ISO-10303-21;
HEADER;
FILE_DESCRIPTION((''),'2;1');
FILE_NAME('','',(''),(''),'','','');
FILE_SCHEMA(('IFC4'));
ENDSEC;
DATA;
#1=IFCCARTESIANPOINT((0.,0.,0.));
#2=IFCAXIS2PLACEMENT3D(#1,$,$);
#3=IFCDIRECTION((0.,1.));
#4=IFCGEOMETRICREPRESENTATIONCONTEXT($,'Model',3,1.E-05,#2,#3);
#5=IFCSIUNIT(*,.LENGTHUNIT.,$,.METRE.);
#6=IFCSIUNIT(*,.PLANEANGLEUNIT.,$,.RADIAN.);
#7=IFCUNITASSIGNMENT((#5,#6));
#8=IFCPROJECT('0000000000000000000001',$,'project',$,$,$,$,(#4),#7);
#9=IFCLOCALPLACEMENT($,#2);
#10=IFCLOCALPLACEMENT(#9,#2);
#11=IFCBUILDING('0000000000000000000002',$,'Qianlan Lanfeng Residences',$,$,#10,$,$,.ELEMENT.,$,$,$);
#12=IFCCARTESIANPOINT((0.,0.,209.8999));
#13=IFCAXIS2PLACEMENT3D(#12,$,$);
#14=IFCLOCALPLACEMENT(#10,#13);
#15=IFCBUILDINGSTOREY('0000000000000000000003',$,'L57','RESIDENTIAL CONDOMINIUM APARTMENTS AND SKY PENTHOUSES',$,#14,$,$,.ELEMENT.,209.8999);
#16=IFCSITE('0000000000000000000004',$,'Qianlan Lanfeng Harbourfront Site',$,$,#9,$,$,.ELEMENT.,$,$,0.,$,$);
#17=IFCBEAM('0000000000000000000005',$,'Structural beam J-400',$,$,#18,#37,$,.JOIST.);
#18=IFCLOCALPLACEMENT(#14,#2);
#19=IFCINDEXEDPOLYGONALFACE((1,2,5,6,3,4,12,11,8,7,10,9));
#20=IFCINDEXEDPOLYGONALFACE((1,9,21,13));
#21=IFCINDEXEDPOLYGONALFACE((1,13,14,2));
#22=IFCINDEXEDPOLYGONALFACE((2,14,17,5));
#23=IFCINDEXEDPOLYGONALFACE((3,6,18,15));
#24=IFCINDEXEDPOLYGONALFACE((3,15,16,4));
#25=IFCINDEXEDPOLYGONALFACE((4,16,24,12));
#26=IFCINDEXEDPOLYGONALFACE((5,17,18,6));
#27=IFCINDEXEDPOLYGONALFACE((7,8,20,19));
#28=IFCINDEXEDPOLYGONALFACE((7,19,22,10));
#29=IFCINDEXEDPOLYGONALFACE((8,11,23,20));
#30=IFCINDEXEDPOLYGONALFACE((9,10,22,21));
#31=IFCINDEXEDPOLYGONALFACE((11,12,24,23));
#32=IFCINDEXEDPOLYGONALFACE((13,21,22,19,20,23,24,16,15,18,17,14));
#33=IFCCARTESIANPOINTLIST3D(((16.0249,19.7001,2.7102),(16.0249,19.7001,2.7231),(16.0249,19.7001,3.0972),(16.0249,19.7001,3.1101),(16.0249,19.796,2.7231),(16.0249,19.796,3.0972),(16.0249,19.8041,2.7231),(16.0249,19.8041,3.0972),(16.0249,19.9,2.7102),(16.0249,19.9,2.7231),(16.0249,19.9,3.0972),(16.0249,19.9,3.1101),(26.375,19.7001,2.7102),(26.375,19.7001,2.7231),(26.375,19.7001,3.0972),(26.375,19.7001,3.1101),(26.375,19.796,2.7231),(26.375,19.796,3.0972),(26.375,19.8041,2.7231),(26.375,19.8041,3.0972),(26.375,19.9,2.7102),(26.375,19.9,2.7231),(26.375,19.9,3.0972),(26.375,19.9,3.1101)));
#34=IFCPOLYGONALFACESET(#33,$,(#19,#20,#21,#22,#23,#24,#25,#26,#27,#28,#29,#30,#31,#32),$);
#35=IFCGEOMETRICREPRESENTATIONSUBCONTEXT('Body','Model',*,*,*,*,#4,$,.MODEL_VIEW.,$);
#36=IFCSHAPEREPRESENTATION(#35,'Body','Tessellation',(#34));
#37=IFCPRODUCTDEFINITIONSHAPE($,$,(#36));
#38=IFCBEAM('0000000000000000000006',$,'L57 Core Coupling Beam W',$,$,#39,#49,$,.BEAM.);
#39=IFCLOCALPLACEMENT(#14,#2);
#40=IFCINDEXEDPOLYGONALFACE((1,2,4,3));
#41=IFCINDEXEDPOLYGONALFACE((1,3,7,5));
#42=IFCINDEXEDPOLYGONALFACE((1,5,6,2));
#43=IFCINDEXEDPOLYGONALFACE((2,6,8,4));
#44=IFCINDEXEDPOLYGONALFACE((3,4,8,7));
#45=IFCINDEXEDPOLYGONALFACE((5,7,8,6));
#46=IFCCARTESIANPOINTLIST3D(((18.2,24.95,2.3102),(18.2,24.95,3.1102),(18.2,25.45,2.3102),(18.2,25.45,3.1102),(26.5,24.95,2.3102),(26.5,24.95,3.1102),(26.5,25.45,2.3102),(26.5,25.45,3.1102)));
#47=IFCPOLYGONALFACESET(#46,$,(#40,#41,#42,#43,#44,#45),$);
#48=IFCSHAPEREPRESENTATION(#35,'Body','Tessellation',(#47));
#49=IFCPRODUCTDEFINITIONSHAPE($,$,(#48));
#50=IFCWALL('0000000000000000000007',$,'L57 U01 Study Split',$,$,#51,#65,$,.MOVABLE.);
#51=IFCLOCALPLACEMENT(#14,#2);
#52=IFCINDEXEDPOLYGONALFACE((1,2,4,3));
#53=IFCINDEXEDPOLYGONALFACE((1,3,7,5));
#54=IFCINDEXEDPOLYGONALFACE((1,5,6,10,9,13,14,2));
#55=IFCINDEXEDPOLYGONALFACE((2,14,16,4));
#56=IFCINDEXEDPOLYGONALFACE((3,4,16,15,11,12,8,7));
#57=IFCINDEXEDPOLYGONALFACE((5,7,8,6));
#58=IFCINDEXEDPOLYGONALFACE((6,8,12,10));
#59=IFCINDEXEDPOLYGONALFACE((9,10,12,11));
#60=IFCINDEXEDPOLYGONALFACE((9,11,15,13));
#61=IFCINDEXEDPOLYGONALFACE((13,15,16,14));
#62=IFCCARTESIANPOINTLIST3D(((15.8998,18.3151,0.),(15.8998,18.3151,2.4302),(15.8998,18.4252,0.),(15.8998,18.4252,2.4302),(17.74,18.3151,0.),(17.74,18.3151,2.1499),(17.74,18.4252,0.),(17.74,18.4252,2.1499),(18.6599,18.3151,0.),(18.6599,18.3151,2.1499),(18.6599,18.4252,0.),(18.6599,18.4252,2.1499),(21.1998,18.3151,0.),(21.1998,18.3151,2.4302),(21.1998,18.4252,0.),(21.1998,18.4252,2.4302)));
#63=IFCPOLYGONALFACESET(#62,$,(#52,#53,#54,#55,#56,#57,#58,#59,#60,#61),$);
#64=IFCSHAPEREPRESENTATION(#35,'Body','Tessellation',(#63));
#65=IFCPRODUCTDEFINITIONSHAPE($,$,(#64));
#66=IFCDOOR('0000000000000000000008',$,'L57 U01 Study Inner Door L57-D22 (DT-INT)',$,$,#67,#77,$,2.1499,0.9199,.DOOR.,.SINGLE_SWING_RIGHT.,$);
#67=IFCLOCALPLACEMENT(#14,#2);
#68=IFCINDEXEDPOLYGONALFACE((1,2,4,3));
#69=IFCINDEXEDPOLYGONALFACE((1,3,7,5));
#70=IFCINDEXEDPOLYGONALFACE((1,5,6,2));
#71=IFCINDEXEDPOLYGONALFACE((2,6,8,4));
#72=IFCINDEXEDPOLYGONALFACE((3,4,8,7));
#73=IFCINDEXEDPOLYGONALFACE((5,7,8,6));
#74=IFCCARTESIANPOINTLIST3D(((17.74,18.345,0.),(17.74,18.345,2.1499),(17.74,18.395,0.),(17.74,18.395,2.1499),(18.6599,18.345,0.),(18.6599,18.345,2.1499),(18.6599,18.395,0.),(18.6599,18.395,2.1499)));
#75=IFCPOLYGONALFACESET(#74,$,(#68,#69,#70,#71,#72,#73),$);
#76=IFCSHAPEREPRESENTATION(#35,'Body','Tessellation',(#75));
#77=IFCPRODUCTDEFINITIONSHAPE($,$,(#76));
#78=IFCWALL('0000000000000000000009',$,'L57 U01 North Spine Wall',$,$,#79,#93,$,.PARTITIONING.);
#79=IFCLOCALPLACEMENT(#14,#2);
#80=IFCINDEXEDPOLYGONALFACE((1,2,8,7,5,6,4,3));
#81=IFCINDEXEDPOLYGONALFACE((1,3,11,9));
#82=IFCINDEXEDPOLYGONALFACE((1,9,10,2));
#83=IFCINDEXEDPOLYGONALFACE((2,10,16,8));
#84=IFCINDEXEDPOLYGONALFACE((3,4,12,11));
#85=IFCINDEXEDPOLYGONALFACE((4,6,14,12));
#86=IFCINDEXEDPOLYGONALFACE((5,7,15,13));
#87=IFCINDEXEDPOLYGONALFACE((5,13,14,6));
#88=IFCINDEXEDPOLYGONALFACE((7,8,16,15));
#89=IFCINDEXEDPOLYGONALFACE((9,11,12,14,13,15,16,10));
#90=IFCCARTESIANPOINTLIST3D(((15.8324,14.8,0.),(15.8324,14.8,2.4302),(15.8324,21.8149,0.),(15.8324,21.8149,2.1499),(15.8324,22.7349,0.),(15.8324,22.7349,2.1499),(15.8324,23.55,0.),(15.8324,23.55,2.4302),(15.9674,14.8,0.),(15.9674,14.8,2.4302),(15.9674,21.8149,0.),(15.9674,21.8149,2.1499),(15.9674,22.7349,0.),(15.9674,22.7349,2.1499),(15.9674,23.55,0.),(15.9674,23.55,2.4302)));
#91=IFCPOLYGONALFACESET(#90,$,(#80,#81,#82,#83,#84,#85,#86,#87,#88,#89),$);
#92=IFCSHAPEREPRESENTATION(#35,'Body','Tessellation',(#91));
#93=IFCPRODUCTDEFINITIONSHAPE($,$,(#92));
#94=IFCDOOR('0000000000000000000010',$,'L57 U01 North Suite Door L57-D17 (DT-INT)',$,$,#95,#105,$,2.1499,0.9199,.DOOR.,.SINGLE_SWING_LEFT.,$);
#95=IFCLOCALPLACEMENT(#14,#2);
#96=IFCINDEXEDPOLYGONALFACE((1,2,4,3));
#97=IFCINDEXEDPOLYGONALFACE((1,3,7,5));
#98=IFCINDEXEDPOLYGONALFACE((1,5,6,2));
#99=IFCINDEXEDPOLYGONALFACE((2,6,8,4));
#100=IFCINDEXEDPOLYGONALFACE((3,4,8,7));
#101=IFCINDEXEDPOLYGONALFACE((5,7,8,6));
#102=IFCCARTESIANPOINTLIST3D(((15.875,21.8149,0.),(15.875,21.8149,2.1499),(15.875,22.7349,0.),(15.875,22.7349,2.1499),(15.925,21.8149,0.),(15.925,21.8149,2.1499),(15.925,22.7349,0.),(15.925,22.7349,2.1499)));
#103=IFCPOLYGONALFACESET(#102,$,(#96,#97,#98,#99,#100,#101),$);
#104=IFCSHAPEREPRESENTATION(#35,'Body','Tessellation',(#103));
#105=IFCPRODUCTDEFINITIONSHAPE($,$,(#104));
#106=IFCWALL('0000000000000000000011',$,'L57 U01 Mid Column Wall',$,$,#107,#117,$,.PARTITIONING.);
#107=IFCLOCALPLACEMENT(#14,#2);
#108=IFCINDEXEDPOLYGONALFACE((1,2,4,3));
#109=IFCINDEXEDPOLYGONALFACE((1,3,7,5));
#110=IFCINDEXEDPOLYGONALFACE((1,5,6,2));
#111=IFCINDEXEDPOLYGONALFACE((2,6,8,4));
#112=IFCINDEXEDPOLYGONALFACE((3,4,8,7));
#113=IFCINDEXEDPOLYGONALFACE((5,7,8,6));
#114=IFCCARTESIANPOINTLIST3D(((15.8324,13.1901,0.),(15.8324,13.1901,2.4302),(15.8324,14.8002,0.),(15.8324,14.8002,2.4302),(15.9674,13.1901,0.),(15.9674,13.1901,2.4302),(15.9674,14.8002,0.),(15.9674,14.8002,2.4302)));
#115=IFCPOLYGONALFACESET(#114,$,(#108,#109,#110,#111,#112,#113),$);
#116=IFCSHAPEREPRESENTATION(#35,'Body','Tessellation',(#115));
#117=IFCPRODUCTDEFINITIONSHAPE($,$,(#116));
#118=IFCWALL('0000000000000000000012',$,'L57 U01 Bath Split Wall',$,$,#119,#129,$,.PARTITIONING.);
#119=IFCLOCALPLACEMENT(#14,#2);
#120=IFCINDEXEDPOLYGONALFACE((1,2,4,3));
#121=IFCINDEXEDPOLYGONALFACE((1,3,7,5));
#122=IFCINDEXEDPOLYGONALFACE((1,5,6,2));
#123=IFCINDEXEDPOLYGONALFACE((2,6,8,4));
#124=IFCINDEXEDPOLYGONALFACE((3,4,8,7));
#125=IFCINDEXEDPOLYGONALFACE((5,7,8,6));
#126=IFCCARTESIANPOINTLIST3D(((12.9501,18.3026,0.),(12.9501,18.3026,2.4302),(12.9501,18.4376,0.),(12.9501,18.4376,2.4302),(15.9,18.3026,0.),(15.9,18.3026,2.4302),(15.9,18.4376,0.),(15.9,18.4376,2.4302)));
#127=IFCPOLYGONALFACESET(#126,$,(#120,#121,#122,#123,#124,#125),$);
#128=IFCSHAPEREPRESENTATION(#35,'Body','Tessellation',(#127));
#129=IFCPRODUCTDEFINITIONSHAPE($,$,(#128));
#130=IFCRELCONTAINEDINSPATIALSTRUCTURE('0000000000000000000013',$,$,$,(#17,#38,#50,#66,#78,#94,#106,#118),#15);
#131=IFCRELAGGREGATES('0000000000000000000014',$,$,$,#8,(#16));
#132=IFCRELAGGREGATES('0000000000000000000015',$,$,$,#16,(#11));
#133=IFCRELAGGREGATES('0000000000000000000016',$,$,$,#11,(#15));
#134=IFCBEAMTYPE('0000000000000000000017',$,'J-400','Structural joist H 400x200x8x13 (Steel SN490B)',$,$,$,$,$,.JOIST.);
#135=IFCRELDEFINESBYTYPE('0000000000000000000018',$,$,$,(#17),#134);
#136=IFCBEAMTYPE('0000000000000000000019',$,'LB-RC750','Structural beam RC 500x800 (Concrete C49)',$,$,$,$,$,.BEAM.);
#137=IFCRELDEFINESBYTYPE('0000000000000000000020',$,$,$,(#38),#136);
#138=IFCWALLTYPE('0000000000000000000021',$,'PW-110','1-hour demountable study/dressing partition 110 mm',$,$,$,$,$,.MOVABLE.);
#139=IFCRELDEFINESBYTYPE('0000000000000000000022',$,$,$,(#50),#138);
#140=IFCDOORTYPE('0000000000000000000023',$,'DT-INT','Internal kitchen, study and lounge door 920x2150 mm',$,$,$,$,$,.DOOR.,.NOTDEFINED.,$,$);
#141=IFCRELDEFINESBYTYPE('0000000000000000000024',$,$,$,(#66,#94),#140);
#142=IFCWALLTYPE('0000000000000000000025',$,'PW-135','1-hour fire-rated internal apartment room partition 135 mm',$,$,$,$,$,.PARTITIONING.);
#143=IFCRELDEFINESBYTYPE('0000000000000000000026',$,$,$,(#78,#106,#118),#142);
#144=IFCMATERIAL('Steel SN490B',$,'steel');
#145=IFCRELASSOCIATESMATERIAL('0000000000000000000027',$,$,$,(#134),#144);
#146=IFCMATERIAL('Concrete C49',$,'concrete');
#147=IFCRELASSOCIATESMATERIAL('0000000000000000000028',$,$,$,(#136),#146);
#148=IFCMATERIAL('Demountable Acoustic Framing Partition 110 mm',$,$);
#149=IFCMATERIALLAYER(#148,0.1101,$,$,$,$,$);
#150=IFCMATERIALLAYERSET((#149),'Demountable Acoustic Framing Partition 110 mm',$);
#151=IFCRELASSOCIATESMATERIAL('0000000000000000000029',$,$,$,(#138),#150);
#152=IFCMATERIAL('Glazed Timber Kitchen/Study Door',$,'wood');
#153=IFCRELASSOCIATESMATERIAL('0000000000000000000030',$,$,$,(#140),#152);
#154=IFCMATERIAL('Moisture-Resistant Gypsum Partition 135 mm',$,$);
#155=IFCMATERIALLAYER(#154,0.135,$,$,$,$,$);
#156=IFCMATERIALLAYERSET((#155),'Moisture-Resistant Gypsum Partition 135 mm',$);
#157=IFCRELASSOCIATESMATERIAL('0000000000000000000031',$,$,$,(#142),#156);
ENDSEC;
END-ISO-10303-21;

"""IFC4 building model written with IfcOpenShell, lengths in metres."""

from ifc_helpers import new_model, si_unit, direction, frame, frame_2d, origin, origin_2d, place, context, subcontext, project, spatial, rectangle, i_section, extrude, material, layer, layer_set, material_profile, profile_set, type_object, element, fill, save


model = new_model("IFC4")

# Units and contexts
model_context = context("Model", 3, precision=1e-05, world=origin(), true_north=direction((0.0, 1.0)))
body_context = subcontext(model_context, "Body", "Model", "MODEL_VIEW")
ifc_project = project(units=[si_unit("LENGTHUNIT", "METRE"), si_unit("PLANEANGLEUNIT", "RADIAN")], contexts=[model_context])

# Site, building, storey
site_placement = place(None, origin())
site = spatial("IfcSite", under=ifc_project, at=site_placement, Name="Qianlan Lanfeng Harbourfront Site", CompositionType="ELEMENT", RefElevation=0.0)
building_placement = place(site_placement, origin())
building = spatial("IfcBuilding", under=site, at=building_placement, Name="Qianlan Lanfeng Residences", CompositionType="ELEMENT")
storey_placement = place(building_placement, frame((0.0, 0.0, 209.8999)))
storey = spatial("IfcBuildingStorey", under=building, at=storey_placement, Name="L57", Description="RESIDENTIAL CONDOMINIUM APARTMENTS AND SKY PENTHOUSES", CompositionType="ELEMENT", Elevation=209.8999)

# Shared definitions
ifc_material_1 = material(Name="Steel SN490B", Category="steel")

# Beams
ifc_material_profile_1 = material_profile(ifc_material_1, i_section(OverallWidth=0.2, OverallDepth=0.3999, WebThickness=0.0081, FlangeThickness=0.0129, at=origin_2d()), Name="H 400x200x8x13")
ifc_profile_set_1 = profile_set([ifc_material_profile_1], Name="Steel SN490B")
beam_type_1 = type_object("IfcBeamType", Name="J-400", Description="Structural joist H 400x200x8x13 (Steel SN490B)", PredefinedType="JOIST", material=ifc_profile_set_1)
beam_1_placement = place(storey_placement, frame((16.0249, 19.8, 2.9102), z_axis=(1.0, 0.0, 0.0), x_axis=(0.0, 1.0, 0.0)))
element("IfcBeam", 1, at=beam_1_placement, inside=storey, type_object=beam_type_1, Name="Structural beam J-400", PredefinedType="JOIST", context=body_context, shape_type="SweptSolid", body=[
    extrude(i_section(OverallWidth=0.2, OverallDepth=0.3999, WebThickness=0.0081, FlangeThickness=0.0129, at=origin_2d()), origin(), (0.0, 0.0, 1.0), 10.3501),
])
ifc_material_2 = material(Name="Concrete C49", Category="concrete")
ifc_material_profile_2 = material_profile(ifc_material_2, rectangle(XDim=0.5, YDim=0.8, at=origin_2d()), Name="RC 500x800")
ifc_profile_set_2 = profile_set([ifc_material_profile_2], Name="Concrete C49")
beam_type_2 = type_object("IfcBeamType", Name="LB-RC750", Description="Structural beam RC 500x800 (Concrete C49)", PredefinedType="BEAM", material=ifc_profile_set_2)
beam_2_placement = place(storey_placement, frame((18.2, 25.2, 2.7102), z_axis=(1.0, 0.0, 0.0), x_axis=(0.0, 1.0, 0.0)))
element("IfcBeam", 2, at=beam_2_placement, inside=storey, type_object=beam_type_2, Name="L57 Core Coupling Beam W", PredefinedType="BEAM", context=body_context, shape_type="SweptSolid", body=[
    extrude(rectangle(XDim=0.5, YDim=0.8, at=origin_2d()), origin(), (0.0, 0.0, 1.0), 8.3),
])

# Walls, openings, doors
ifc_material_3 = material(Name="Demountable Acoustic Framing Partition 110 mm")
ifc_layer_1 = layer(ifc_material_3, 0.1101)
ifc_layer_set_1 = layer_set([ifc_layer_1], Name="Demountable Acoustic Framing Partition 110 mm")
wall_type_1 = type_object("IfcWallType", Name="PW-110", Description="1-hour demountable study/dressing partition 110 mm", PredefinedType="MOVABLE", material=ifc_layer_set_1)
wall_1_placement = place(storey_placement, frame((15.8999, 18.3701, 0.0), z_axis=(0.0, 0.0, 1.0), x_axis=(1.0, 0.0, 0.0)))
wall_1 = element("IfcWall", 3, at=wall_1_placement, inside=storey, type_object=wall_type_1, Name="L57 U01 Study Split", PredefinedType="MOVABLE", context=body_context, shape_type="SweptSolid", body=[
    extrude(rectangle(XDim=5.3, YDim=0.1101, at=frame_2d((2.6499, 0.0))), origin(), (0.0, 0.0, 1.0), 2.4302),
])
opening_1_placement = place(wall_1_placement, frame((1.8401, 0.0, 0.0)))
opening_1 = element("IfcOpeningElement", 4, at=opening_1_placement, cuts=wall_1, PredefinedType="OPENING", context=body_context, shape_type="SweptSolid", body=[
    extrude(rectangle(XDim=0.9199, YDim=2.1499, at=frame_2d((0.46, 1.075))), frame((0.0, 0.0649, 0.0), z_axis=(0.0, -1.0, 0.0), x_axis=(1.0, 0.0, 0.0)), (0.0, 0.0, 1.0), 0.1301),
])
ifc_material_4 = material(Name="Glazed Timber Kitchen/Study Door", Category="wood")
door_type_1 = type_object("IfcDoorType", Name="DT-INT", Description="Internal kitchen, study and lounge door 920x2150 mm", OperationType="NOTDEFINED", PredefinedType="DOOR", material=ifc_material_4)
door_1_placement = place(opening_1_placement, origin())
door_1 = element("IfcDoor", 5, at=door_1_placement, inside=storey, type_object=door_type_1, Name="L57 U01 Study Inner Door L57-D22 (DT-INT)", OperationType="SINGLE_SWING_RIGHT", OverallHeight=2.1499, OverallWidth=0.9199, PredefinedType="DOOR", context=body_context, shape_type="SweptSolid", body=[
    extrude(rectangle(XDim=0.9199, YDim=2.1499, at=frame_2d((0.46, 1.075))), frame((0.0, 0.0249, 0.0), z_axis=(0.0, -1.0, 0.0), x_axis=(1.0, 0.0, 0.0)), (0.0, 0.0, 1.0), 0.05),
])
fill(opening_1, door_1)
ifc_material_5 = material(Name="Moisture-Resistant Gypsum Partition 135 mm")
ifc_layer_2 = layer(ifc_material_5, 0.135)
ifc_layer_set_2 = layer_set([ifc_layer_2], Name="Moisture-Resistant Gypsum Partition 135 mm")
wall_type_2 = type_object("IfcWallType", Name="PW-135", Description="1-hour fire-rated internal apartment room partition 135 mm", PredefinedType="PARTITIONING", material=ifc_layer_set_2)
wall_2_placement = place(storey_placement, frame((15.8999, 14.8, 0.0), z_axis=(0.0, 0.0, 1.0), x_axis=(0.0, 1.0, 0.0)))
wall_2 = element("IfcWall", 6, at=wall_2_placement, inside=storey, type_object=wall_type_2, Name="L57 U01 North Spine Wall", PredefinedType="PARTITIONING", context=body_context, shape_type="SweptSolid", body=[
    extrude(rectangle(XDim=8.75, YDim=0.135, at=frame_2d((4.375, 0.0))), origin(), (0.0, 0.0, 1.0), 2.4302),
])
opening_2_placement = place(wall_2_placement, frame((7.0149, 0.0, 0.0)))
opening_2 = element("IfcOpeningElement", 7, at=opening_2_placement, cuts=wall_2, PredefinedType="OPENING", context=body_context, shape_type="SweptSolid", body=[
    extrude(rectangle(XDim=0.9199, YDim=2.1499, at=frame_2d((0.46, 1.075))), frame((0.0, 0.0776, 0.0), z_axis=(0.0, -1.0, 0.0), x_axis=(1.0, 0.0, 0.0)), (0.0, 0.0, 1.0), 0.155),
])
door_2_placement = place(opening_2_placement, origin())
door_2 = element("IfcDoor", 8, at=door_2_placement, inside=storey, type_object=door_type_1, Name="L57 U01 North Suite Door L57-D17 (DT-INT)", OperationType="SINGLE_SWING_LEFT", OverallHeight=2.1499, OverallWidth=0.9199, PredefinedType="DOOR", context=body_context, shape_type="SweptSolid", body=[
    extrude(rectangle(XDim=0.9199, YDim=2.1499, at=frame_2d((0.46, 1.075))), frame((0.0, 0.0249, 0.0), z_axis=(0.0, -1.0, 0.0), x_axis=(1.0, 0.0, 0.0)), (0.0, 0.0, 1.0), 0.05),
])
fill(opening_2, door_2)

# Wall
wall_3_placement = place(storey_placement, frame((15.8999, 13.1899, 0.0), z_axis=(0.0, 0.0, 1.0), x_axis=(0.0, 1.0, 0.0)))
element("IfcWall", 9, at=wall_3_placement, inside=storey, type_object=wall_type_2, Name="L57 U01 Mid Column Wall", PredefinedType="PARTITIONING", context=body_context, shape_type="SweptSolid", body=[
    extrude(rectangle(XDim=1.6101, YDim=0.135, at=frame_2d((0.8052, 0.0))), origin(), (0.0, 0.0, 1.0), 2.4302),
])

# Wall
wall_4_placement = place(storey_placement, frame((12.95, 18.3701, 0.0), z_axis=(0.0, 0.0, 1.0), x_axis=(1.0, 0.0, 0.0)))
element("IfcWall", 10, at=wall_4_placement, inside=storey, type_object=wall_type_2, Name="L57 U01 Bath Split Wall", PredefinedType="PARTITIONING", context=body_context, shape_type="SweptSolid", body=[
    extrude(rectangle(XDim=2.95, YDim=0.135, at=frame_2d((1.4751, 0.0))), origin(), (0.0, 0.0, 1.0), 2.4302),
])

save(model, "model.ifc")
